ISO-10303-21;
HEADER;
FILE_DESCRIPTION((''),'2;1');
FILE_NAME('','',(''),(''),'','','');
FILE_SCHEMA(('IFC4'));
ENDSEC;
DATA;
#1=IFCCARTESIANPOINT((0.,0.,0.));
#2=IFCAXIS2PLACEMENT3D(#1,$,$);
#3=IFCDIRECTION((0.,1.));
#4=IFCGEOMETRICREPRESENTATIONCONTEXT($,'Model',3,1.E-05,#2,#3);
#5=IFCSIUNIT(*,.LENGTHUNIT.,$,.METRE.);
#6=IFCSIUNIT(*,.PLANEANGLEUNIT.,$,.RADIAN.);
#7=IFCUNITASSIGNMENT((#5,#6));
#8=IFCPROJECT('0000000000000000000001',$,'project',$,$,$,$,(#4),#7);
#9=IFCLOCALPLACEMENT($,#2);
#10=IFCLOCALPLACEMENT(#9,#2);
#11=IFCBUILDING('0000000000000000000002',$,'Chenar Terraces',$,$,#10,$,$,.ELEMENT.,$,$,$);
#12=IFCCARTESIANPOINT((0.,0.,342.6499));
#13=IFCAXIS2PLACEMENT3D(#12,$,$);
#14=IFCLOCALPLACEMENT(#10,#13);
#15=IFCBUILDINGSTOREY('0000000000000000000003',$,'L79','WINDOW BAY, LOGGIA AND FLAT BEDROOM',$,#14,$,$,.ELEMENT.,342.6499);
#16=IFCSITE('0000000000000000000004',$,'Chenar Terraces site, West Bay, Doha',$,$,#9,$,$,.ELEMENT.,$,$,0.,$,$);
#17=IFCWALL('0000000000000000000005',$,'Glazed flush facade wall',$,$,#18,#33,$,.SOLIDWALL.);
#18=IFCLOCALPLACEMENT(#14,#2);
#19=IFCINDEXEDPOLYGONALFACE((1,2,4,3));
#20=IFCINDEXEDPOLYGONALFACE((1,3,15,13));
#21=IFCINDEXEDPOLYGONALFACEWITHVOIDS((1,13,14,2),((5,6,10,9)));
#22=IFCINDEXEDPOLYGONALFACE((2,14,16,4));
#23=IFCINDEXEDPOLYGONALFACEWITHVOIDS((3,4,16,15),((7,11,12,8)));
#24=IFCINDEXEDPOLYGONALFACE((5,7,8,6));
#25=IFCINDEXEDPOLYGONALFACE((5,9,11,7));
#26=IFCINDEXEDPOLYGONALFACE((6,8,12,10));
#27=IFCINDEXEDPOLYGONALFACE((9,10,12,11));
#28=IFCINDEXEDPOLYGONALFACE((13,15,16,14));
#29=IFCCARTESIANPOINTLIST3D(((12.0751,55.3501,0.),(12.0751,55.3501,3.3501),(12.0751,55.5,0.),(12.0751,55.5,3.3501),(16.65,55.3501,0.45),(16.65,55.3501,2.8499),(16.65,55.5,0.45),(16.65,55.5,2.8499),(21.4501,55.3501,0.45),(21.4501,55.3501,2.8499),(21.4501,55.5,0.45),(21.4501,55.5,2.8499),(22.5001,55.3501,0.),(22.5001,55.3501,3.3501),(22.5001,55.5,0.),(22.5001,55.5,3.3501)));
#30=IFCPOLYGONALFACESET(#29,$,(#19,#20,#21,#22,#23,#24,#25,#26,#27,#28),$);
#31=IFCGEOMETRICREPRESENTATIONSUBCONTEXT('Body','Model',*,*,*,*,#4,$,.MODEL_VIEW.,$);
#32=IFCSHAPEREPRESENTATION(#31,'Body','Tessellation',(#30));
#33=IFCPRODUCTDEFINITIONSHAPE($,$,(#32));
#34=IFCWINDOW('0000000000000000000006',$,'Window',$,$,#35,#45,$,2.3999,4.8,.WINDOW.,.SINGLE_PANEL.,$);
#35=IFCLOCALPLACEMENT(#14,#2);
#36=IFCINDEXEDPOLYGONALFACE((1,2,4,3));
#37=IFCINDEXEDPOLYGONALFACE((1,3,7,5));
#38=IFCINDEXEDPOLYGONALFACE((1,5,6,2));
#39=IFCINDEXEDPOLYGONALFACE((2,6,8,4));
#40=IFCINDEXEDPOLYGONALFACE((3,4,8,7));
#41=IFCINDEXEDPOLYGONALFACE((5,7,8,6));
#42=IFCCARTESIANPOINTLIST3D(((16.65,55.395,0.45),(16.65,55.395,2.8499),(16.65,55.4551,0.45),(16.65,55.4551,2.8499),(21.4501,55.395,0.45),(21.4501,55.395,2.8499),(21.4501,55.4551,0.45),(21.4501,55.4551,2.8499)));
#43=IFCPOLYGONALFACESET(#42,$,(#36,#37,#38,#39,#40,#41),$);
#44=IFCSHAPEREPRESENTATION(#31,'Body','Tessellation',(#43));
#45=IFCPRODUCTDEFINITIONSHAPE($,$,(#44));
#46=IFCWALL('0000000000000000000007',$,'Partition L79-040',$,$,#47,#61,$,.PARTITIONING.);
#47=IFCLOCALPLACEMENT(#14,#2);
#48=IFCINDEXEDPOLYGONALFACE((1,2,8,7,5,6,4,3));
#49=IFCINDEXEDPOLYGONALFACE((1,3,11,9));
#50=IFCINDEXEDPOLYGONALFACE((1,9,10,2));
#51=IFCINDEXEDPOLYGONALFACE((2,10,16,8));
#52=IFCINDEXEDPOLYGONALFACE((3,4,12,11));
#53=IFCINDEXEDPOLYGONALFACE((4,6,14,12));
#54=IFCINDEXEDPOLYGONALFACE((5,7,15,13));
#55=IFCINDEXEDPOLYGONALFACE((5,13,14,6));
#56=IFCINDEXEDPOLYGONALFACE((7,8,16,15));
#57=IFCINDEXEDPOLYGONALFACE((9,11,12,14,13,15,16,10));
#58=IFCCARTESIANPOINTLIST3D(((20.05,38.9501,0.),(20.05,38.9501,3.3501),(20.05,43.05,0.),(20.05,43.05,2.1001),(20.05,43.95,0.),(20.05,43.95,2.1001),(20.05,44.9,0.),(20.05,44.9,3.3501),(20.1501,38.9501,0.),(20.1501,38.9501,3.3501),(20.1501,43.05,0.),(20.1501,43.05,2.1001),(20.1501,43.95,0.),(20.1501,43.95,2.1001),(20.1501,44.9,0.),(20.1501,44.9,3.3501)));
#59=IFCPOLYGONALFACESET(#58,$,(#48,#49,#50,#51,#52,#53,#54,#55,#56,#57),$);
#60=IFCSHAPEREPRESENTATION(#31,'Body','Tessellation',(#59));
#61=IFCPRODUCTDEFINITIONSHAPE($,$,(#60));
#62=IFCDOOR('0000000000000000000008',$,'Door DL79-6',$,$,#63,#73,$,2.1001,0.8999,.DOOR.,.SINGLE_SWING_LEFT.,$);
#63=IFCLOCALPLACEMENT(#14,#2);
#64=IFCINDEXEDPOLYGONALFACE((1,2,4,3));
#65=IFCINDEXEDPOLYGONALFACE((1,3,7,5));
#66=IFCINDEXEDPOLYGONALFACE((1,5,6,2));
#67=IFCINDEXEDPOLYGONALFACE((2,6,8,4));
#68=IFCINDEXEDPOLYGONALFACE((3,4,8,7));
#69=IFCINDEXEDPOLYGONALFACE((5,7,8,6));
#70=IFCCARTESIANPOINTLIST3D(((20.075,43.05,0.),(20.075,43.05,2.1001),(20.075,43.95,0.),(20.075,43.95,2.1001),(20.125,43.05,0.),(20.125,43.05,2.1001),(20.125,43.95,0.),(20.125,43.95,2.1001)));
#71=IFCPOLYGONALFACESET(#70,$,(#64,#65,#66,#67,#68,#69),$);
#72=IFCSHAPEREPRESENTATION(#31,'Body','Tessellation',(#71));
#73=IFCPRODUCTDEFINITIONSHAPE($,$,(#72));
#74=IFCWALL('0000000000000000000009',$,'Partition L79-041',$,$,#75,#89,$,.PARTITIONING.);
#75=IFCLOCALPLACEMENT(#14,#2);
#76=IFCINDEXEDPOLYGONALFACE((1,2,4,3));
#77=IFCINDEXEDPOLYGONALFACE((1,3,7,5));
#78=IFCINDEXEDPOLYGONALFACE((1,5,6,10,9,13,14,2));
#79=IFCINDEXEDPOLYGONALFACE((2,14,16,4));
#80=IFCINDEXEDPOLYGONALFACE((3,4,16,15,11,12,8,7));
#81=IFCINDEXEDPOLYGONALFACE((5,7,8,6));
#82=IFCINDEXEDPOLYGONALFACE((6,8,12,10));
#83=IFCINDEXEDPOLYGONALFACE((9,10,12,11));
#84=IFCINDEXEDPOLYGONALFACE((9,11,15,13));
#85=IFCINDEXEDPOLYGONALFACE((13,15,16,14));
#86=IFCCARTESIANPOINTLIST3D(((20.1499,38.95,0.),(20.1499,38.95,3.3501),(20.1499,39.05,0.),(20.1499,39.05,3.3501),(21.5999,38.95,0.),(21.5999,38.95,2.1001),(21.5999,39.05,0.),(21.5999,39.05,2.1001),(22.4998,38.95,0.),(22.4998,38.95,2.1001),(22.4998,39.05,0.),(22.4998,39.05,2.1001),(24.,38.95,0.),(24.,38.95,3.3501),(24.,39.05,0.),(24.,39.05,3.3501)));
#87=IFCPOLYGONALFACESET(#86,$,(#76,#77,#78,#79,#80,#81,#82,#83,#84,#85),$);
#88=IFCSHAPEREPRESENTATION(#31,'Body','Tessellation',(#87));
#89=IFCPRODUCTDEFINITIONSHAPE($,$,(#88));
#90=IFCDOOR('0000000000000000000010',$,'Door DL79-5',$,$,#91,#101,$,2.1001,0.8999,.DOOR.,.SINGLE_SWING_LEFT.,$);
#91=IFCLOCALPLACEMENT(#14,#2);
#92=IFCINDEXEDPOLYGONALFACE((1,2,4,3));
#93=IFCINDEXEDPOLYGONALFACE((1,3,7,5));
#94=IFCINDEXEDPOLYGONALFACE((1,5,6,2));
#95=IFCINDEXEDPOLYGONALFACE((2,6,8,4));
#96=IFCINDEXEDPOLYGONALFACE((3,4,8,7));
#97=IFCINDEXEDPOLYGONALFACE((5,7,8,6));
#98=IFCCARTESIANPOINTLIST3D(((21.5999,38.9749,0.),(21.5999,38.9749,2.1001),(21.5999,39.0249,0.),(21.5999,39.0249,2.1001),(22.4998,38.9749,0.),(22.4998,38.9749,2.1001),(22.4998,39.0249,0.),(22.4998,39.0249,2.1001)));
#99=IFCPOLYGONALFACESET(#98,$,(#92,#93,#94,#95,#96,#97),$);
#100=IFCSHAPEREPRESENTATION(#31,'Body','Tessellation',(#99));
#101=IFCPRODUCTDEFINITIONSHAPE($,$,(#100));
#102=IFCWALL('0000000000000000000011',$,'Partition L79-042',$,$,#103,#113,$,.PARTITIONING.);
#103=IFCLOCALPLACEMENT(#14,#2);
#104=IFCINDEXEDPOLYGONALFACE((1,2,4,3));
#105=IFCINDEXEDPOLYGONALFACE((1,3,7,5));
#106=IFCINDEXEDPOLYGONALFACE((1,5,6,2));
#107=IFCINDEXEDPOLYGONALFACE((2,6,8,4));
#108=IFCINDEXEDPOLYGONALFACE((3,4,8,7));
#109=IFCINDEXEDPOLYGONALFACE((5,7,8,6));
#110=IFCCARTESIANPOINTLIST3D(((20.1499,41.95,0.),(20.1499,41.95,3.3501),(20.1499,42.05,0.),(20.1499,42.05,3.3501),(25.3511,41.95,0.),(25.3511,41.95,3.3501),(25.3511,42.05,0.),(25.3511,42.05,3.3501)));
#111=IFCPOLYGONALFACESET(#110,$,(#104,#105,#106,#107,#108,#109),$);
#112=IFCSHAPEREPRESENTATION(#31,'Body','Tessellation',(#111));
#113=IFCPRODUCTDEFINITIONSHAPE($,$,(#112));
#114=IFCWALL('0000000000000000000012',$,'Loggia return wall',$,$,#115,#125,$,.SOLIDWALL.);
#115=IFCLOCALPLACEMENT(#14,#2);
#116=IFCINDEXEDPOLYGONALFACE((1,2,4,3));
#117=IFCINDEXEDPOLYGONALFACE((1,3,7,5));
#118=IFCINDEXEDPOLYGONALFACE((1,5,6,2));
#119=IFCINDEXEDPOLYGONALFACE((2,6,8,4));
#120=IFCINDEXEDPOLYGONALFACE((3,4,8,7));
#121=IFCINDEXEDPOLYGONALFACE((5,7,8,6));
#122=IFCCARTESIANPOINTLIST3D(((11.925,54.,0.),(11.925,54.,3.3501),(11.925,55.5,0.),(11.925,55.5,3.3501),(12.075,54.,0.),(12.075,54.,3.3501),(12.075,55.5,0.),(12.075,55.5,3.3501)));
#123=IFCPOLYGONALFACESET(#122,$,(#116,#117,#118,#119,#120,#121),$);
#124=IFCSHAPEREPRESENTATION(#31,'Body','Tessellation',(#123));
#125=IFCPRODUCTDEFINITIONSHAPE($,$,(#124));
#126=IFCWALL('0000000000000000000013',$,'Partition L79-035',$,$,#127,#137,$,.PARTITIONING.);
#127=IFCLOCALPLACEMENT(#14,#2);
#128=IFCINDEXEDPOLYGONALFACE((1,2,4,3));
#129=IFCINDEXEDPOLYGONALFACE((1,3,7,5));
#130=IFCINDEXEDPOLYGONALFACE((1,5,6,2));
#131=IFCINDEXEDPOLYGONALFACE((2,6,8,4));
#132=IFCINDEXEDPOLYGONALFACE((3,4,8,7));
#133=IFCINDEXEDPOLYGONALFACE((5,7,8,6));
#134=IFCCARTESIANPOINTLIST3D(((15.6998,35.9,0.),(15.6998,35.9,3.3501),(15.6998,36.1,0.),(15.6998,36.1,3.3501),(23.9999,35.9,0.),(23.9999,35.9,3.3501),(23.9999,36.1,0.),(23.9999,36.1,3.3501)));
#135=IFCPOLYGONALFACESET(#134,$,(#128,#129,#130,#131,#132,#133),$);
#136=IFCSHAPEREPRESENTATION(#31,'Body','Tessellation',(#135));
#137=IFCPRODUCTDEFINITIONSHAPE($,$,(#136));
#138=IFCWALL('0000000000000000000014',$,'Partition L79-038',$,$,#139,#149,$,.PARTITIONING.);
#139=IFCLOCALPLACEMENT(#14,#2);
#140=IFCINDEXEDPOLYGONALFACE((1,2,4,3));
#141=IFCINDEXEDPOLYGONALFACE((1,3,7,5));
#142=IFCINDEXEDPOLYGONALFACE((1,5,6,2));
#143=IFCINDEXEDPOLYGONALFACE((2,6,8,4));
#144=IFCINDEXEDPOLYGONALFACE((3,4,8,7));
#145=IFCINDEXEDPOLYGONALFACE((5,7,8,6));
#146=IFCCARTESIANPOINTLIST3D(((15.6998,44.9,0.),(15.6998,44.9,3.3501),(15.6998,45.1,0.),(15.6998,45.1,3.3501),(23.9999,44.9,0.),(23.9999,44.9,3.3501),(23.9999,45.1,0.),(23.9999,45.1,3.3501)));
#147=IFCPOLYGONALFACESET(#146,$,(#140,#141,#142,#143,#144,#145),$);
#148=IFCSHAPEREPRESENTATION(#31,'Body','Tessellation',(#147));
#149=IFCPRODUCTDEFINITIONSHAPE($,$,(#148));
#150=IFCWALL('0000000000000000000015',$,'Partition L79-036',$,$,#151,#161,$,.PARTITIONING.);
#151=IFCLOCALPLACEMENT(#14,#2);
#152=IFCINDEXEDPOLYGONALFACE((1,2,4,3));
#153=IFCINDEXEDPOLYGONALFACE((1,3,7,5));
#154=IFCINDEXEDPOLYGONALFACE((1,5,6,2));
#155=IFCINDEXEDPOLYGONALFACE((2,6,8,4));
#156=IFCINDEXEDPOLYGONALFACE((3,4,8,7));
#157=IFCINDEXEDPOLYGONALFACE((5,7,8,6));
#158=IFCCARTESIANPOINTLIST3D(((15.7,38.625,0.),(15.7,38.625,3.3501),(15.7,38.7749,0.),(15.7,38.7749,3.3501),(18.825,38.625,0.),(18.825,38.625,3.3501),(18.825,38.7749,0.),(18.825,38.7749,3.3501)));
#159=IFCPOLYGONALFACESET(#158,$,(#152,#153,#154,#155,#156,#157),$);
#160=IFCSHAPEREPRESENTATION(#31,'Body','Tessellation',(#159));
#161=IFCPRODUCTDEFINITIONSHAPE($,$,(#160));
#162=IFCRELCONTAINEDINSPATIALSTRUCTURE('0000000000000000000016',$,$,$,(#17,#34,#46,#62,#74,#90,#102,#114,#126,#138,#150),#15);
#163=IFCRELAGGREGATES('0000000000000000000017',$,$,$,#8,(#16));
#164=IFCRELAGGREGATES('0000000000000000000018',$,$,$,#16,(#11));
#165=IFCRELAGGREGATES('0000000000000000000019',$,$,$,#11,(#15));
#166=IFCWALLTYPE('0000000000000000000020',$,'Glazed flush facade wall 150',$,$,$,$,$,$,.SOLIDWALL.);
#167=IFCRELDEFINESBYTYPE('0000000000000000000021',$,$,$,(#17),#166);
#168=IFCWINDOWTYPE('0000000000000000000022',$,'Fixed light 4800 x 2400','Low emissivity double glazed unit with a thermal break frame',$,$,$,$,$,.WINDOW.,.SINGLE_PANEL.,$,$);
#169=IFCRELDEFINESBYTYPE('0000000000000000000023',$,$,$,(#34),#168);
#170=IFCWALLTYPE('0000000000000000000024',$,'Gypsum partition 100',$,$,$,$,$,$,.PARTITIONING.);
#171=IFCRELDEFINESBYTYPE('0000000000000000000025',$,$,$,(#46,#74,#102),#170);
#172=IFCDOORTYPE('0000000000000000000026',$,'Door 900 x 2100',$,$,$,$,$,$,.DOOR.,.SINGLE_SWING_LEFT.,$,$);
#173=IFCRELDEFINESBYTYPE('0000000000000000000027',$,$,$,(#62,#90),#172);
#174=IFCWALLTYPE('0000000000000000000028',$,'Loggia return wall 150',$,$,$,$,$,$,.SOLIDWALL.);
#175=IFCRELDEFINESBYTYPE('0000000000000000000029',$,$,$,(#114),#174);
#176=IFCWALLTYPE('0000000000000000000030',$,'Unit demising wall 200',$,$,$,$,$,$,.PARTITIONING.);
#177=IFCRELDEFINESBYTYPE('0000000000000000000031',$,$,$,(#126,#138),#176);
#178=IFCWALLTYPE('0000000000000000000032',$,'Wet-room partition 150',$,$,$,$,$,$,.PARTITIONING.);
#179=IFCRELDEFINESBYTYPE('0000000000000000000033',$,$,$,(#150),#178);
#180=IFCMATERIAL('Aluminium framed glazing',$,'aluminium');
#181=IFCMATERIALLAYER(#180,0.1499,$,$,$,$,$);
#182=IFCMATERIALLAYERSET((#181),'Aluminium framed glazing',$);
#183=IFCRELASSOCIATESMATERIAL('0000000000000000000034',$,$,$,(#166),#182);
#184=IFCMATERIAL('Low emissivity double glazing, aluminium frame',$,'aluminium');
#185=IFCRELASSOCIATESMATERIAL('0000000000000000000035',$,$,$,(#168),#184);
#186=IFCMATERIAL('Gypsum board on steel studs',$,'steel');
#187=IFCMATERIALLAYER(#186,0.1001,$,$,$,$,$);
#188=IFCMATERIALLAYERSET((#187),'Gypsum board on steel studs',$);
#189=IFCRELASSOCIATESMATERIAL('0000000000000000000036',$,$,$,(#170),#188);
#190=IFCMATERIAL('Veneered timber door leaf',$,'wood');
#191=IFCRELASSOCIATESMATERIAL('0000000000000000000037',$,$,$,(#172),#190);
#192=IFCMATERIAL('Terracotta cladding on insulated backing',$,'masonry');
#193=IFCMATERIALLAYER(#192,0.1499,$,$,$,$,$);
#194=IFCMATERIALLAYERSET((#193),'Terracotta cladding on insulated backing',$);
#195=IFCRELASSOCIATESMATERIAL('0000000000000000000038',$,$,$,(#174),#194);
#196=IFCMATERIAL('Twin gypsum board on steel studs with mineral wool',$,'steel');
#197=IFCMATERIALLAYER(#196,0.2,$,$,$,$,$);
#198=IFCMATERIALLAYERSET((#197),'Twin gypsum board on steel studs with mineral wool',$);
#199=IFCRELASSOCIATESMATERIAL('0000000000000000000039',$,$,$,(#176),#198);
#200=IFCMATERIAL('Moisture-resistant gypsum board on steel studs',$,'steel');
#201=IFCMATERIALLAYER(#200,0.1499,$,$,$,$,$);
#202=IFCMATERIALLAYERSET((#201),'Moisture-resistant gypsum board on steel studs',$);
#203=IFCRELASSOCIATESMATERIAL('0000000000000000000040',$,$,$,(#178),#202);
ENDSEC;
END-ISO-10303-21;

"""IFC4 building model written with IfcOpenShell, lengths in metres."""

from ifc_helpers import new_model, si_unit, direction, frame, frame_2d, origin, place, context, subcontext, project, spatial, rectangle, extrude, material, layer, layer_set, type_object, element, fill, save


model = new_model("IFC4")

# Units and contexts
model_context = context("Model", 3, precision=1e-05, world=origin(), true_north=direction((0.0, 1.0)))
body_context = subcontext(model_context, "Body", "Model", "MODEL_VIEW")
ifc_project = project(units=[si_unit("LENGTHUNIT", "METRE"), si_unit("PLANEANGLEUNIT", "RADIAN")], contexts=[model_context])

# Site, building, storey
site_placement = place(None, origin())
site = spatial("IfcSite", under=ifc_project, at=site_placement, Name="Chenar Terraces site, West Bay, Doha", CompositionType="ELEMENT", RefElevation=0.0)
building_placement = place(site_placement, origin())
building = spatial("IfcBuilding", under=site, at=building_placement, Name="Chenar Terraces", CompositionType="ELEMENT")
storey_placement = place(building_placement, frame((0.0, 0.0, 342.6499)))
storey = spatial("IfcBuildingStorey", under=building, at=storey_placement, Name="L79", Description="WINDOW BAY, LOGGIA AND FLAT BEDROOM", CompositionType="ELEMENT", Elevation=342.6499)

# Wall, opening, window
ifc_material_1 = material(Name="Aluminium framed glazing", Category="aluminium")
ifc_layer_1 = layer(ifc_material_1, 0.1499)
ifc_layer_set_1 = layer_set([ifc_layer_1], Name="Aluminium framed glazing")
wall_type_1 = type_object("IfcWallType", Name="Glazed flush facade wall 150", PredefinedType="SOLIDWALL", material=ifc_layer_set_1)
wall_1_placement = place(storey_placement, frame((22.5, 55.425, 0.0), z_axis=(0.0, 0.0, 1.0), x_axis=(-1.0, 0.0, 0.0)))
wall_1 = element("IfcWall", 1, at=wall_1_placement, inside=storey, type_object=wall_type_1, Name="Glazed flush facade wall", PredefinedType="SOLIDWALL", context=body_context, shape_type="SweptSolid", body=[
    extrude(rectangle(XDim=10.425, YDim=0.1499, at=frame_2d((5.2124, 0.0))), origin(), (0.0, 0.0, 1.0), 3.3501),
])
opening_1_placement = place(wall_1_placement, frame((1.05, 0.0, 0.45)))
opening_1 = element("IfcOpeningElement", 2, at=opening_1_placement, cuts=wall_1, PredefinedType="OPENING", context=body_context, shape_type="SweptSolid", body=[
    extrude(rectangle(XDim=4.8, YDim=2.3999, at=frame_2d((2.3999, 1.2))), frame((0.0, 0.085, 0.0), z_axis=(0.0, -1.0, 0.0), x_axis=(1.0, 0.0, 0.0)), (0.0, 0.0, 1.0), 0.1699),
])
ifc_material_2 = material(Name="Low emissivity double glazing, aluminium frame", Category="aluminium")
window_type = type_object("IfcWindowType", Name="Fixed light 4800 x 2400", Description="Low emissivity double glazed unit with a thermal break frame", PartitioningType="SINGLE_PANEL", PredefinedType="WINDOW", material=ifc_material_2)
window_placement = place(opening_1_placement, origin())
window = element("IfcWindow", 3, at=window_placement, inside=storey, type_object=window_type, Name="Window", OverallHeight=2.3999, OverallWidth=4.8, PartitioningType="SINGLE_PANEL", PredefinedType="WINDOW", context=body_context, shape_type="SweptSolid", body=[
    extrude(rectangle(XDim=4.8, YDim=2.3999, at=frame_2d((2.3999, 1.2))), frame((0.0, 0.03, 0.0), z_axis=(0.0, -1.0, 0.0), x_axis=(1.0, 0.0, 0.0)), (0.0, 0.0, 1.0), 0.0601),
])
fill(opening_1, window)

# Walls, openings, doors
ifc_material_3 = material(Name="Gypsum board on steel studs", Category="steel")
ifc_layer_2 = layer(ifc_material_3, 0.1001)
ifc_layer_set_2 = layer_set([ifc_layer_2], Name="Gypsum board on steel studs")
wall_type_2 = type_object("IfcWallType", Name="Gypsum partition 100", PredefinedType="PARTITIONING", material=ifc_layer_set_2)
wall_2_placement = place(storey_placement, frame((20.1001, 38.95, 0.0), z_axis=(0.0, 0.0, 1.0), x_axis=(0.0, 1.0, 0.0)))
wall_2 = element("IfcWall", 4, at=wall_2_placement, inside=storey, type_object=wall_type_2, Name="Partition L79-040", PredefinedType="PARTITIONING", context=body_context, shape_type="SweptSolid", body=[
    extrude(rectangle(XDim=5.95, YDim=0.1001, at=frame_2d((2.9751, 0.0))), origin(), (0.0, 0.0, 1.0), 3.3501),
])
opening_2_placement = place(wall_2_placement, frame((4.1001, 0.0, 0.0)))
opening_2 = element("IfcOpeningElement", 5, at=opening_2_placement, cuts=wall_2, PredefinedType="OPENING", context=body_context, shape_type="SweptSolid", body=[
    extrude(rectangle(XDim=0.8999, YDim=2.1001, at=frame_2d((0.45, 1.05))), frame((0.0, 0.0601, 0.0), z_axis=(0.0, -1.0, 0.0), x_axis=(1.0, 0.0, 0.0)), (0.0, 0.0, 1.0), 0.1201),
])
ifc_material_4 = material(Name="Veneered timber door leaf", Category="wood")
door_type_1 = type_object("IfcDoorType", Name="Door 900 x 2100", OperationType="SINGLE_SWING_LEFT", PredefinedType="DOOR", material=ifc_material_4)
door_1_placement = place(opening_2_placement, frame((0.8999, 0.0, 0.0), z_axis=(0.0, 0.0, 1.0), x_axis=(-1.0, 0.0, 0.0)))
door_1 = element("IfcDoor", 6, at=door_1_placement, inside=storey, type_object=door_type_1, Name="Door DL79-6", OperationType="SINGLE_SWING_LEFT", OverallHeight=2.1001, OverallWidth=0.8999, PredefinedType="DOOR", context=body_context, shape_type="SweptSolid", body=[
    extrude(rectangle(XDim=0.8999, YDim=2.1001, at=frame_2d((0.45, 1.05))), frame((0.0, 0.0249, 0.0), z_axis=(0.0, -1.0, 0.0), x_axis=(1.0, 0.0, 0.0)), (0.0, 0.0, 1.0), 0.05),
])
fill(opening_2, door_1)
wall_3_placement = place(storey_placement, frame((20.1499, 39.0, 0.0), z_axis=(0.0, 0.0, 1.0), x_axis=(1.0, 0.0, 0.0)))
wall_3 = element("IfcWall", 7, at=wall_3_placement, inside=storey, type_object=wall_type_2, Name="Partition L79-041", PredefinedType="PARTITIONING", context=body_context, shape_type="SweptSolid", body=[
    extrude(rectangle(XDim=3.8501, YDim=0.1001, at=frame_2d((1.925, 0.0))), origin(), (0.0, 0.0, 1.0), 3.3501),
])
opening_3_placement = place(wall_3_placement, frame((1.45, 0.0, 0.0)))
opening_3 = element("IfcOpeningElement", 8, at=opening_3_placement, cuts=wall_3, PredefinedType="OPENING", context=body_context, shape_type="SweptSolid", body=[
    extrude(rectangle(XDim=0.8999, YDim=2.1001, at=frame_2d((0.45, 1.05))), frame((0.0, 0.0601, 0.0), z_axis=(0.0, -1.0, 0.0), x_axis=(1.0, 0.0, 0.0)), (0.0, 0.0, 1.0), 0.1201),
])
door_2_placement = place(opening_3_placement, origin())
door_2 = element("IfcDoor", 9, at=door_2_placement, inside=storey, type_object=door_type_1, Name="Door DL79-5", OperationType="SINGLE_SWING_LEFT", OverallHeight=2.1001, OverallWidth=0.8999, PredefinedType="DOOR", context=body_context, shape_type="SweptSolid", body=[
    extrude(rectangle(XDim=0.8999, YDim=2.1001, at=frame_2d((0.45, 1.05))), frame((0.0, 0.0249, 0.0), z_axis=(0.0, -1.0, 0.0), x_axis=(1.0, 0.0, 0.0)), (0.0, 0.0, 1.0), 0.05),
])
fill(opening_3, door_2)

# Walls
wall_4_placement = place(storey_placement, frame((20.1499, 42.0, 0.0), z_axis=(0.0, 0.0, 1.0), x_axis=(1.0, 0.0, 0.0)))
element("IfcWall", 10, at=wall_4_placement, inside=storey, type_object=wall_type_2, Name="Partition L79-042", PredefinedType="PARTITIONING", context=body_context, shape_type="SweptSolid", body=[
    extrude(rectangle(XDim=5.2012, YDim=0.1001, at=frame_2d((2.6006, 0.0))), origin(), (0.0, 0.0, 1.0), 3.3501),
])
ifc_material_5 = material(Name="Terracotta cladding on insulated backing", Category="masonry")
ifc_layer_3 = layer(ifc_material_5, 0.1499)
ifc_layer_set_3 = layer_set([ifc_layer_3], Name="Terracotta cladding on insulated backing")
wall_type_3 = type_object("IfcWallType", Name="Loggia return wall 150", PredefinedType="SOLIDWALL", material=ifc_layer_set_3)
wall_5_placement = place(storey_placement, frame((12.0, 55.5, 0.0), z_axis=(0.0, 0.0, 1.0), x_axis=(0.0, -1.0, 0.0)))
element("IfcWall", 11, at=wall_5_placement, inside=storey, type_object=wall_type_3, Name="Loggia return wall", PredefinedType="SOLIDWALL", context=body_context, shape_type="SweptSolid", body=[
    extrude(rectangle(XDim=1.5, YDim=0.1499, at=frame_2d((0.75, 0.0))), origin(), (0.0, 0.0, 1.0), 3.3501),
])
ifc_material_6 = material(Name="Twin gypsum board on steel studs with mineral wool", Category="steel")
ifc_layer_4 = layer(ifc_material_6, 0.2)
ifc_layer_set_4 = layer_set([ifc_layer_4], Name="Twin gypsum board on steel studs with mineral wool")
wall_type_4 = type_object("IfcWallType", Name="Unit demising wall 200", PredefinedType="PARTITIONING", material=ifc_layer_set_4)
for number, where, z_axis, x_axis, name in (
    (12, (15.7, 36.0, 0.0), (0.0, 0.0, 1.0), (1.0, 0.0, 0.0), "Partition L79-035"),
    (13, (15.7, 45.0, 0.0), (0.0, 0.0, 1.0), (1.0, 0.0, 0.0), "Partition L79-038"),
):
    element("IfcWall", number, at=place(storey_placement, frame(where, z_axis=z_axis, x_axis=x_axis)), inside=storey, type_object=wall_type_4, Name=name, PredefinedType="PARTITIONING", context=body_context, shape_type="SweptSolid", body=[
        extrude(rectangle(XDim=8.3, YDim=0.2, at=frame_2d((4.1499, 0.0))), origin(), (0.0, 0.0, 1.0), 3.3501),
    ])
ifc_material_7 = material(Name="Moisture-resistant gypsum board on steel studs", Category="steel")
ifc_layer_5 = layer(ifc_material_7, 0.1499)
ifc_layer_set_5 = layer_set([ifc_layer_5], Name="Moisture-resistant gypsum board on steel studs")
wall_type_5 = type_object("IfcWallType", Name="Wet-room partition 150", PredefinedType="PARTITIONING", material=ifc_layer_set_5)
wall_6_placement = place(storey_placement, frame((15.7, 38.7, 0.0), z_axis=(0.0, 0.0, 1.0), x_axis=(1.0, 0.0, 0.0)))
element("IfcWall", 14, at=wall_6_placement, inside=storey, type_object=wall_type_5, Name="Partition L79-036", PredefinedType="PARTITIONING", context=body_context, shape_type="SweptSolid", body=[
    extrude(rectangle(XDim=3.125, YDim=0.1499, at=frame_2d((1.5625, 0.0))), origin(), (0.0, 0.0, 1.0), 3.3501),
])

save(model, "model.ifc")
